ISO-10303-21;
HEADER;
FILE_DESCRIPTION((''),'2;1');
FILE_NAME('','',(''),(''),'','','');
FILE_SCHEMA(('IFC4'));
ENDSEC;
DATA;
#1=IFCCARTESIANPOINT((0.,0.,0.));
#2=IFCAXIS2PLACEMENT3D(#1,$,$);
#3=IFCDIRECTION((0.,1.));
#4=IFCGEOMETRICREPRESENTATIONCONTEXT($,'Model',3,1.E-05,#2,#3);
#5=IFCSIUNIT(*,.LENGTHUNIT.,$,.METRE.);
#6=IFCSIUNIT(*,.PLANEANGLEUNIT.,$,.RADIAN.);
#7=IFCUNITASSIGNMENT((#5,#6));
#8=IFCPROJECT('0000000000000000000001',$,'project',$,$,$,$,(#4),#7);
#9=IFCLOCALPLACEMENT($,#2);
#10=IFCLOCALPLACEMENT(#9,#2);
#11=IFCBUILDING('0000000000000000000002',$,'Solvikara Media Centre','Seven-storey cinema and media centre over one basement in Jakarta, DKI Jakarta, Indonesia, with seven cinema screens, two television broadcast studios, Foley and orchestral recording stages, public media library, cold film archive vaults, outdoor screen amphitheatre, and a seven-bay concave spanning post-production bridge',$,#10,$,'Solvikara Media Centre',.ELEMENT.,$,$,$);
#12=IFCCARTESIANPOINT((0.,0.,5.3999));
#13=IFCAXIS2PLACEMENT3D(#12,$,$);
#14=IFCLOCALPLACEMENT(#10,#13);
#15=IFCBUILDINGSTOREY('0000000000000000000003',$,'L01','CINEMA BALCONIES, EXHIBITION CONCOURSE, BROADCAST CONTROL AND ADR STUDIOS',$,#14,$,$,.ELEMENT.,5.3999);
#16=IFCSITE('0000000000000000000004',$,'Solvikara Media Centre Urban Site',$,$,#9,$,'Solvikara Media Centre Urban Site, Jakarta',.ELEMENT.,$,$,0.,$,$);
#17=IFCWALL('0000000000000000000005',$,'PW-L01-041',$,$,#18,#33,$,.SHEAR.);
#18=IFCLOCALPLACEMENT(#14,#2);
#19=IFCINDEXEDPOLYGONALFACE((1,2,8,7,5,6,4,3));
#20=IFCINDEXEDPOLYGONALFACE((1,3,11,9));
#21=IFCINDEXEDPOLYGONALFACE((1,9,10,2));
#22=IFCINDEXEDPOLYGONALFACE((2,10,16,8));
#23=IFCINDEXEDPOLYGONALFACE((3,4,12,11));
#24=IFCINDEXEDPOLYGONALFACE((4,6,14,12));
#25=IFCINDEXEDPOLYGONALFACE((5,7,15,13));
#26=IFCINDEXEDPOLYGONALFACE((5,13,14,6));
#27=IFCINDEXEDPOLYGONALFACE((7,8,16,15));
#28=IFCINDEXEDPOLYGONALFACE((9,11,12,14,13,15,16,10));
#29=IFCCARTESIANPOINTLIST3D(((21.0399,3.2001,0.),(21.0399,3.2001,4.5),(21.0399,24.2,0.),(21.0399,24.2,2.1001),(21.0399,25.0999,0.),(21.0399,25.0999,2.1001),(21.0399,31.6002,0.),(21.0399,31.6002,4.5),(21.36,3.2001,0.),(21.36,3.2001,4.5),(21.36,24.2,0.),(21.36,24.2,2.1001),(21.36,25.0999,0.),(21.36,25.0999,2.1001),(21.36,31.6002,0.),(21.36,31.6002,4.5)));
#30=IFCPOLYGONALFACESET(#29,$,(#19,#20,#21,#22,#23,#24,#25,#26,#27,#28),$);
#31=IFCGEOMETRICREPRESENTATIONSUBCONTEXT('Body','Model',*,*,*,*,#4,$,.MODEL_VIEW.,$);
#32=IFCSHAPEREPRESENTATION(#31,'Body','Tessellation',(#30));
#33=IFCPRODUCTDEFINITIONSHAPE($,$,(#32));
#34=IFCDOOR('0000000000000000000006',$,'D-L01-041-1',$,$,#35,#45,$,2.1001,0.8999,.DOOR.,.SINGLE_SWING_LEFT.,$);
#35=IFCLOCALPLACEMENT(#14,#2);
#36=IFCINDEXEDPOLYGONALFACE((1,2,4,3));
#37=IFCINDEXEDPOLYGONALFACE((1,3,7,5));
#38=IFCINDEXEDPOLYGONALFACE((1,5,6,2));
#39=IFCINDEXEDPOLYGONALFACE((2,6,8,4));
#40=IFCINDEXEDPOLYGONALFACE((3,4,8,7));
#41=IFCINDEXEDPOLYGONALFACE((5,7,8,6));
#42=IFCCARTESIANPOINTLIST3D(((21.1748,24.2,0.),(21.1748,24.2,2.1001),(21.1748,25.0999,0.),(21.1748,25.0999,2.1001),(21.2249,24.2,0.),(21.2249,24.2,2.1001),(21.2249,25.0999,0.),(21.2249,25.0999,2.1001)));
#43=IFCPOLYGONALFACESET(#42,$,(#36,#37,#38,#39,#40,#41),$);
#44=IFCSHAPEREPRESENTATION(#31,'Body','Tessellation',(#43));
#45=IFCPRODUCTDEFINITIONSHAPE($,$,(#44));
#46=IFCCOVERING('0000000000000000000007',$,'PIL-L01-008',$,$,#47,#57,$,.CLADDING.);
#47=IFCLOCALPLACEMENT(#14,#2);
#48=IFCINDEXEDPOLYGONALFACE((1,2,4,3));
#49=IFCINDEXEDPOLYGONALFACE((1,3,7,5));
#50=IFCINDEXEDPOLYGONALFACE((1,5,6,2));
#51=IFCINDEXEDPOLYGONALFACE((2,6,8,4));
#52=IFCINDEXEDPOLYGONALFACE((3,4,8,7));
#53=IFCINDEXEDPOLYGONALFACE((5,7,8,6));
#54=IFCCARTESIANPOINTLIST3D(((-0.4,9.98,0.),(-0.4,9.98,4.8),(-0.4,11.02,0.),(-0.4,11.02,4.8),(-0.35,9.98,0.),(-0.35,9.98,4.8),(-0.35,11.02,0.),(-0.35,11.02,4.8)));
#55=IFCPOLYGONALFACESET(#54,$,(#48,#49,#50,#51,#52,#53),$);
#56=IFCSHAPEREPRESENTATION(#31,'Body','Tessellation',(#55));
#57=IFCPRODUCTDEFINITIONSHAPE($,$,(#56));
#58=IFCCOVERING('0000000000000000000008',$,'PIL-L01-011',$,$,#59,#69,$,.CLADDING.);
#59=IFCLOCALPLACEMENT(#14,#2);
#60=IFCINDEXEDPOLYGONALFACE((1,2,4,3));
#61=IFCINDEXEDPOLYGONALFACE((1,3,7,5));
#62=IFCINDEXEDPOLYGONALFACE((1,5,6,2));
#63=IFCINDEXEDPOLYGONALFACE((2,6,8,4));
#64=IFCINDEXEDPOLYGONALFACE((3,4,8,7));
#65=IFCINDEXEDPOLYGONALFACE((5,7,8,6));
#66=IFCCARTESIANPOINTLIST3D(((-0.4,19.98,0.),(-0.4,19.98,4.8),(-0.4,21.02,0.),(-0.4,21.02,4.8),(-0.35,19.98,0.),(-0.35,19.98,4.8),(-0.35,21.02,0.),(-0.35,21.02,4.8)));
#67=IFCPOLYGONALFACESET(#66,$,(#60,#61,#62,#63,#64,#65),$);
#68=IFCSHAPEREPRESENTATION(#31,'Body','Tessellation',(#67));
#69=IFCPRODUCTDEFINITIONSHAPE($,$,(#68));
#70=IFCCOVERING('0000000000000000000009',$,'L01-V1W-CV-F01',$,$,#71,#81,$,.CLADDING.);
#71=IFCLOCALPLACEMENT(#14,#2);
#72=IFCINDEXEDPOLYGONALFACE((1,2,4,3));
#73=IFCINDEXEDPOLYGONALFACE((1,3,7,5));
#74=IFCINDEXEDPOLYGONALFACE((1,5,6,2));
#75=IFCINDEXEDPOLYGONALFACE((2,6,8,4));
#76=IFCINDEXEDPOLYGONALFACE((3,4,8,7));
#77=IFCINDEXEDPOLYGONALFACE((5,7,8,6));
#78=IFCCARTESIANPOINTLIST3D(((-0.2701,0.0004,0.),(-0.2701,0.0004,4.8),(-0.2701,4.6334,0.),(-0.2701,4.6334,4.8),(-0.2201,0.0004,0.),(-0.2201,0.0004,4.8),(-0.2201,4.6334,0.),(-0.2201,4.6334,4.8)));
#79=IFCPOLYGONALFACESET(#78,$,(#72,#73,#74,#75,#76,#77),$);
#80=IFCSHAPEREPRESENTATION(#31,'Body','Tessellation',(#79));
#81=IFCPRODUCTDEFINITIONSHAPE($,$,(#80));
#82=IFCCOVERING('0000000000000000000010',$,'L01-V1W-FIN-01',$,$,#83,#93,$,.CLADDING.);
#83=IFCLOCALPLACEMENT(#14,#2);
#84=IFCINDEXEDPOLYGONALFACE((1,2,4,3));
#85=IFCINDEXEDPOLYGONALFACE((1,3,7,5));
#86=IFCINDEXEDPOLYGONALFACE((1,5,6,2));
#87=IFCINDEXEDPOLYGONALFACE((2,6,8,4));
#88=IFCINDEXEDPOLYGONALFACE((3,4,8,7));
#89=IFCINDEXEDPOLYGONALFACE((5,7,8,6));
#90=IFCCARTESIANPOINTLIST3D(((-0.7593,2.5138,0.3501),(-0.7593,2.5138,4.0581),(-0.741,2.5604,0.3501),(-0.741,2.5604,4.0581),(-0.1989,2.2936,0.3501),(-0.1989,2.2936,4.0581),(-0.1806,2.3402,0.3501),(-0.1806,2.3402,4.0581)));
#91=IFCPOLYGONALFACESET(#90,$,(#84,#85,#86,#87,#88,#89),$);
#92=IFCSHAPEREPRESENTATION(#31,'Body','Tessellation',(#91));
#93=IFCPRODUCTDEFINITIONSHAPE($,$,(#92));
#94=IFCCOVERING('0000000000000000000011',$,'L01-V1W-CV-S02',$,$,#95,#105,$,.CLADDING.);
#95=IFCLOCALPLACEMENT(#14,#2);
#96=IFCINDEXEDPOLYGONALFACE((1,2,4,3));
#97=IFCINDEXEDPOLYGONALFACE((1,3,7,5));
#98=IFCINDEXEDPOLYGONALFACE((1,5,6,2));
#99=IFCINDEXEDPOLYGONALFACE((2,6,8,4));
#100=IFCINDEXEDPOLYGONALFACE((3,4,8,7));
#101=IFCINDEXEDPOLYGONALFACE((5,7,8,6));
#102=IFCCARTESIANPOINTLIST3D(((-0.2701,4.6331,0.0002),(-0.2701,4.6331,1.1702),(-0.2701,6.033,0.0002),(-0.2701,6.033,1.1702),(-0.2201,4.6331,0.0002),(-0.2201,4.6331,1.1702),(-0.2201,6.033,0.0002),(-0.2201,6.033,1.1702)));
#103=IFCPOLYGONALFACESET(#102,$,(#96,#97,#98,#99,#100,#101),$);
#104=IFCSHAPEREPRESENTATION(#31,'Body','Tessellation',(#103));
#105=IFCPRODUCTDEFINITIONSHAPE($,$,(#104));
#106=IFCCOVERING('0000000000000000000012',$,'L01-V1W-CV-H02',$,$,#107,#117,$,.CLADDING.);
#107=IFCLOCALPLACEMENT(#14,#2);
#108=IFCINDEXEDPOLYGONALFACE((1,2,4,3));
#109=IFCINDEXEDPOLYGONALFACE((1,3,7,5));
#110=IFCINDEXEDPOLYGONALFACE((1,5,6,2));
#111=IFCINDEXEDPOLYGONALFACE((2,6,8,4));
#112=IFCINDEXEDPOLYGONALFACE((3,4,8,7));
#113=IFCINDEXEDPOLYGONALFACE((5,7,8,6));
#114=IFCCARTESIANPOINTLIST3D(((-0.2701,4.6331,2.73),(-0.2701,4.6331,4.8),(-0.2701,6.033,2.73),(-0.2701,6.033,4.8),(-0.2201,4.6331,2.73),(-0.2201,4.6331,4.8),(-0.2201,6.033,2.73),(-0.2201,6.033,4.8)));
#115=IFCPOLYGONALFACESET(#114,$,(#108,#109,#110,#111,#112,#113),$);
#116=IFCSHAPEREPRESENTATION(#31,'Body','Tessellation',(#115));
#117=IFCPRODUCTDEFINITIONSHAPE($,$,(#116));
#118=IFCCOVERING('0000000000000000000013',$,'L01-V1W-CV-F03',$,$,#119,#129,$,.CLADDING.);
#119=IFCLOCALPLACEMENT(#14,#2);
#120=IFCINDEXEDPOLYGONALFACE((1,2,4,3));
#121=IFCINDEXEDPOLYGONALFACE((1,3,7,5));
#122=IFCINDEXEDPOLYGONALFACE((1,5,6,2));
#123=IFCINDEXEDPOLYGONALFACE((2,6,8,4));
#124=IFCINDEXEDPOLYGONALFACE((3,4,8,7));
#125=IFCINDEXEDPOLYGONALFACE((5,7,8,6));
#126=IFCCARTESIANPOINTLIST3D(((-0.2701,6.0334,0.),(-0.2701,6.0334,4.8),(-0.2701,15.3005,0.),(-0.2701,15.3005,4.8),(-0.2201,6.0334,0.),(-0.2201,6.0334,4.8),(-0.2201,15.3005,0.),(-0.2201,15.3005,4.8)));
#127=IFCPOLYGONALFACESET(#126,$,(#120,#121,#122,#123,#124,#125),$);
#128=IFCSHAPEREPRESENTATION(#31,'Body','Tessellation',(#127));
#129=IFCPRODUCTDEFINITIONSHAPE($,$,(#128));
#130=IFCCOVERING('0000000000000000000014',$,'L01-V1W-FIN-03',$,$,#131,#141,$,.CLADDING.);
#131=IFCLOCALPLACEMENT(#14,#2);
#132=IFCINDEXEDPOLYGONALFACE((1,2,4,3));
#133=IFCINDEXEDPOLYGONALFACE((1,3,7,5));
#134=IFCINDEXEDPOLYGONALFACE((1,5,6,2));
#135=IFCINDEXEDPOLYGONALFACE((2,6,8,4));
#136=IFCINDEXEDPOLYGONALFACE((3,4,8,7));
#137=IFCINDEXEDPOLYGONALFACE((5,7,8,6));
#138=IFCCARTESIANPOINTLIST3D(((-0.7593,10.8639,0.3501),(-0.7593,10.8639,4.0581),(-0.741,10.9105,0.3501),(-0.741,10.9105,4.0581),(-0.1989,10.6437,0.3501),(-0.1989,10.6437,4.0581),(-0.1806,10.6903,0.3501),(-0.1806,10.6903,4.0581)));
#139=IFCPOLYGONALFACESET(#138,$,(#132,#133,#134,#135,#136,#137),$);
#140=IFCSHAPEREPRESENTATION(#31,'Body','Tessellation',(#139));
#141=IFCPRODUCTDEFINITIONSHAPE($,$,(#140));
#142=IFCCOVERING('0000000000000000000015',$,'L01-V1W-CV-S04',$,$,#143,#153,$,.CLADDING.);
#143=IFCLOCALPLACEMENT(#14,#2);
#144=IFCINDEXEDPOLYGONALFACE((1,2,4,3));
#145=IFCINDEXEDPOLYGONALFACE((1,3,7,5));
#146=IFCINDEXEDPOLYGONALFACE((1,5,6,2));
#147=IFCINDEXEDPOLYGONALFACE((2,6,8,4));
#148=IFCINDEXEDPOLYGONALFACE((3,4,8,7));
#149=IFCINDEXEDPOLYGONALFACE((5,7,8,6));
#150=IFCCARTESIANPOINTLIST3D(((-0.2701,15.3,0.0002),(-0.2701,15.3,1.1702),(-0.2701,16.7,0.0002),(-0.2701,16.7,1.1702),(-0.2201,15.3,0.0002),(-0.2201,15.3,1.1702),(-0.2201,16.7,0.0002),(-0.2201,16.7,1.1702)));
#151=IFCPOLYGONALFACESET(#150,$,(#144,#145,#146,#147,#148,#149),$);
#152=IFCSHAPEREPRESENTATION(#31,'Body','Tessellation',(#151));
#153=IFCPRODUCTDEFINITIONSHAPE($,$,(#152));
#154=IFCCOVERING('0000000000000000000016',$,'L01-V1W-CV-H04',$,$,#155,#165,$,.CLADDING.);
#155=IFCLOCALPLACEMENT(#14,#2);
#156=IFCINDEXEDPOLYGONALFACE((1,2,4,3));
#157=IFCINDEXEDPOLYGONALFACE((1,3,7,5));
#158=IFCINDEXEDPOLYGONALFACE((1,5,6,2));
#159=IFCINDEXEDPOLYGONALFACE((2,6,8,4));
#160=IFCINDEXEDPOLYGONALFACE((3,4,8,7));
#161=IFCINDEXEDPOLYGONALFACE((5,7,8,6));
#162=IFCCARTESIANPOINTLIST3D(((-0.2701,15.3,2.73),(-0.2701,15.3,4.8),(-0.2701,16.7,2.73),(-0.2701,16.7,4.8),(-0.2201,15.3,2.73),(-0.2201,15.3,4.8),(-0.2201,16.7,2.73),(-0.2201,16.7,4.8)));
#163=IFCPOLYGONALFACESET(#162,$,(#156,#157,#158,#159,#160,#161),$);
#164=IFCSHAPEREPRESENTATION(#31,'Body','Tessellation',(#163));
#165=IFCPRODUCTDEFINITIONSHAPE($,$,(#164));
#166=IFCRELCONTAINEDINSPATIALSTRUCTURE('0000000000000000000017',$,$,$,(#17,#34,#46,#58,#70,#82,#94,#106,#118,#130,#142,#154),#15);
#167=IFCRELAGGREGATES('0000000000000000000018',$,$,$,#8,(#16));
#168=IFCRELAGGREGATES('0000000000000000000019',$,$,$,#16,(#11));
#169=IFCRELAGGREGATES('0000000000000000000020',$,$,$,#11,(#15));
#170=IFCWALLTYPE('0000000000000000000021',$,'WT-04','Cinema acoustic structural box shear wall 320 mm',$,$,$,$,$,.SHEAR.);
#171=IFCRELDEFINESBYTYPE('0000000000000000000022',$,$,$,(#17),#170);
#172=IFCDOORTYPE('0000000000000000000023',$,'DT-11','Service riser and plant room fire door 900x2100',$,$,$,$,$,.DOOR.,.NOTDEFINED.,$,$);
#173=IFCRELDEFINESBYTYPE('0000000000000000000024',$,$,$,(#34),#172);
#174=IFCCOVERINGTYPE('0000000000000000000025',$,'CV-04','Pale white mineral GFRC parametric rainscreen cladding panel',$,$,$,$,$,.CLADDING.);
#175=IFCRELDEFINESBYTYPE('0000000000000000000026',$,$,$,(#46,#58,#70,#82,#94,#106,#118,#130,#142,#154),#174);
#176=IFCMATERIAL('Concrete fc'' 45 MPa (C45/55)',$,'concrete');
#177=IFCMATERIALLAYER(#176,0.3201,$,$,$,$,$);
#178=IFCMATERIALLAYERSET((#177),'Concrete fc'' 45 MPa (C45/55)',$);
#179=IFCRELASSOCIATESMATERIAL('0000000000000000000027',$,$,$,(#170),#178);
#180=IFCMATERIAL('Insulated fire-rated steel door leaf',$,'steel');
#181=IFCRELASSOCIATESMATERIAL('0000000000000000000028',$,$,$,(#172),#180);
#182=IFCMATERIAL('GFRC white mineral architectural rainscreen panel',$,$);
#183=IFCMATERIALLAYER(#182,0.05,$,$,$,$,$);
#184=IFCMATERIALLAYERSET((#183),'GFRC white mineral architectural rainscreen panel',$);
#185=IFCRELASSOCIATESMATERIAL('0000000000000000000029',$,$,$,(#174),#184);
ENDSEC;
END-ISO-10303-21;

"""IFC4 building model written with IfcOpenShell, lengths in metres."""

from ifc_helpers import new_model, si_unit, direction, frame, frame_2d, origin, origin_2d, place, context, subcontext, project, spatial, rectangle, extrude, material, layer, layer_set, type_object, element, fill, save


model = new_model("IFC4")

# Units and contexts
model_context = context("Model", 3, precision=1e-05, world=origin(), true_north=direction((0.0, 1.0)))
body_context = subcontext(model_context, "Body", "Model", "MODEL_VIEW")
ifc_project = project(units=[si_unit("LENGTHUNIT", "METRE"), si_unit("PLANEANGLEUNIT", "RADIAN")], contexts=[model_context])

# Site, building, storey
site_placement = place(None, origin())
site = spatial("IfcSite", under=ifc_project, at=site_placement, Name="Solvikara Media Centre Urban Site", LongName="Solvikara Media Centre Urban Site, Jakarta", CompositionType="ELEMENT", RefElevation=0.0)
building_placement = place(site_placement, origin())
building = spatial("IfcBuilding", under=site, at=building_placement, Name="Solvikara Media Centre", Description="Seven-storey cinema and media centre over one basement in Jakarta, DKI Jakarta, Indonesia, with seven cinema screens, two television broadcast studios, Foley and orchestral recording stages, public media library, cold film archive vaults, outdoor screen amphitheatre, and a seven-bay concave spanning post-production bridge", LongName="Solvikara Media Centre", CompositionType="ELEMENT")
storey_placement = place(building_placement, frame((0.0, 0.0, 5.3999)))
storey = spatial("IfcBuildingStorey", under=building, at=storey_placement, Name="L01", Description="CINEMA BALCONIES, EXHIBITION CONCOURSE, BROADCAST CONTROL AND ADR STUDIOS", CompositionType="ELEMENT", Elevation=5.3999)

# Shared definitions
ifc_material_1 = material(Name="Concrete fc' 45 MPa (C45/55)", Category="concrete")

# Wall, opening, door
ifc_layer_1 = layer(ifc_material_1, 0.3201)
ifc_layer_set_1 = layer_set([ifc_layer_1], Name="Concrete fc' 45 MPa (C45/55)")
wall_type = type_object("IfcWallType", Name="WT-04", Description="Cinema acoustic structural box shear wall 320 mm", PredefinedType="SHEAR", material=ifc_layer_set_1)
wall_placement = place(storey_placement, frame((21.2, 3.2, 0.0), z_axis=(0.0, 0.0, 1.0), x_axis=(0.0, 1.0, 0.0)))
wall = element("IfcWall", 1, at=wall_placement, inside=storey, type_object=wall_type, Name="PW-L01-041", PredefinedType="SHEAR", context=body_context, shape_type="SweptSolid", body=[
    extrude(rectangle(XDim=28.4001, YDim=0.3201, at=frame_2d((14.2002, 0.0))), origin(), (0.0, 0.0, 1.0), 4.5),
])
opening_placement = place(wall_placement, frame((21.0, 0.0, 0.0)))
opening = element("IfcOpeningElement", 2, at=opening_placement, cuts=wall, PredefinedType="OPENING", context=body_context, shape_type="SweptSolid", body=[
    extrude(rectangle(XDim=0.8999, YDim=2.1001, at=frame_2d((0.45, 1.05))), frame((0.0, 0.1719, 0.0), z_axis=(0.0, -1.0, 0.0), x_axis=(1.0, 0.0, 0.0)), (0.0, 0.0, 1.0), 0.344),
])
ifc_material_2 = material(Name="Insulated fire-rated steel door leaf", Category="steel")
door_type = type_object("IfcDoorType", Name="DT-11", Description="Service riser and plant room fire door 900x2100", OperationType="NOTDEFINED", PredefinedType="DOOR", material=ifc_material_2)
door_placement = place(opening_placement, frame((0.8999, 0.0, 0.0), z_axis=(0.0, 0.0, 1.0), x_axis=(-1.0, 0.0, 0.0)))
door = element("IfcDoor", 3, at=door_placement, inside=storey, type_object=door_type, Name="D-L01-041-1", OperationType="SINGLE_SWING_LEFT", OverallHeight=2.1001, OverallWidth=0.8999, PredefinedType="DOOR", context=body_context, shape_type="SweptSolid", body=[
    extrude(rectangle(XDim=0.8999, YDim=2.1001, at=frame_2d((0.45, 1.05))), frame((0.0, 0.0249, 0.0), z_axis=(0.0, -1.0, 0.0), x_axis=(1.0, 0.0, 0.0)), (0.0, 0.0, 1.0), 0.05),
])
fill(opening, door)

# Coverings
ifc_material_3 = material(Name="GFRC white mineral architectural rainscreen panel")
ifc_layer_2 = layer(ifc_material_3, 0.05)
ifc_layer_set_2 = layer_set([ifc_layer_2], Name="GFRC white mineral architectural rainscreen panel")
covering_type = type_object("IfcCoveringType", Name="CV-04", Description="Pale white mineral GFRC parametric rainscreen cladding panel", PredefinedType="CLADDING", material=ifc_layer_set_2)
for number, where, z_axis, x_axis, name in (
    (4, (-0.375, 10.5, 0.0), (0.0, 0.0, 1.0), (0.0, -1.0, 0.0), "PIL-L01-008"),
    (5, (-0.375, 20.5, 0.0), (0.0, 0.0, 1.0), (0.0, -1.0, 0.0), "PIL-L01-011"),
):
    element("IfcCovering", number, at=place(storey_placement, frame(where, z_axis=z_axis, x_axis=x_axis)), inside=storey, type_object=covering_type, Name=name, PredefinedType="CLADDING", context=body_context, shape_type="SweptSolid", body=[
        extrude(rectangle(XDim=1.04, YDim=0.05, at=origin_2d()), origin(), (0.0, 0.0, 1.0), 4.8),
    ])
covering_1_placement = place(storey_placement, frame((-0.2451, 2.3169, 0.0), z_axis=(0.0, 0.0, 1.0), x_axis=(0.0, 1.0, 0.0)))
element("IfcCovering", 6, at=covering_1_placement, inside=storey, type_object=covering_type, Name="L01-V1W-CV-F01", PredefinedType="CLADDING", context=body_context, shape_type="SweptSolid", body=[
    extrude(rectangle(XDim=4.6331, YDim=0.05, at=origin_2d()), origin(), (0.0, 0.0, 1.0), 4.8),
])
covering_2_placement = place(storey_placement, frame((-0.47, 2.427, 0.3501), z_axis=(0.0, 0.0, 1.0), x_axis=(-0.93075, 0.365657, 0.0)))
element("IfcCovering", 7, at=covering_2_placement, inside=storey, type_object=covering_type, Name="L01-V1W-FIN-01", PredefinedType="CLADDING", context=body_context, shape_type="SweptSolid", body=[
    extrude(rectangle(XDim=0.6021, YDim=0.05, at=origin_2d()), origin(), (0.0, 0.0, 1.0), 3.708),
])
covering_3_placement = place(storey_placement, frame((-0.2451, 5.333, 0.0002), z_axis=(0.0, 0.0, 1.0), x_axis=(0.0, 1.0, 0.0)))
element("IfcCovering", 8, at=covering_3_placement, inside=storey, type_object=covering_type, Name="L01-V1W-CV-S02", PredefinedType="CLADDING", context=body_context, shape_type="SweptSolid", body=[
    extrude(rectangle(XDim=1.3999, YDim=0.05, at=origin_2d()), origin(), (0.0, 0.0, 1.0), 1.1699),
])
covering_4_placement = place(storey_placement, frame((-0.2451, 5.333, 2.73), z_axis=(0.0, 0.0, 1.0), x_axis=(0.0, 1.0, 0.0)))
element("IfcCovering", 9, at=covering_4_placement, inside=storey, type_object=covering_type, Name="L01-V1W-CV-H02", PredefinedType="CLADDING", context=body_context, shape_type="SweptSolid", body=[
    extrude(rectangle(XDim=1.3999, YDim=0.05, at=origin_2d()), origin(), (0.0, 0.0, 1.0), 2.0701),
])
covering_5_placement = place(storey_placement, frame((-0.2451, 10.667, 0.0), z_axis=(0.0, 0.0, 1.0), x_axis=(0.0, 1.0, 0.0)))
element("IfcCovering", 10, at=covering_5_placement, inside=storey, type_object=covering_type, Name="L01-V1W-CV-F03", PredefinedType="CLADDING", context=body_context, shape_type="SweptSolid", body=[
    extrude(rectangle(XDim=9.2671, YDim=0.05, at=origin_2d()), origin(), (0.0, 0.0, 1.0), 4.8),
])
covering_6_placement = place(storey_placement, frame((-0.47, 10.7771, 0.3501), z_axis=(0.0, 0.0, 1.0), x_axis=(-0.93075, 0.365657, 0.0)))
element("IfcCovering", 11, at=covering_6_placement, inside=storey, type_object=covering_type, Name="L01-V1W-FIN-03", PredefinedType="CLADDING", context=body_context, shape_type="SweptSolid", body=[
    extrude(rectangle(XDim=0.6021, YDim=0.05, at=origin_2d()), origin(), (0.0, 0.0, 1.0), 3.708),
])
covering_7_placement = place(storey_placement, frame((-0.2451, 16.0, 0.0002), z_axis=(0.0, 0.0, 1.0), x_axis=(0.0, 1.0, 0.0)))
element("IfcCovering", 12, at=covering_7_placement, inside=storey, type_object=covering_type, Name="L01-V1W-CV-S04", PredefinedType="CLADDING", context=body_context, shape_type="SweptSolid", body=[
    extrude(rectangle(XDim=1.3999, YDim=0.05, at=origin_2d()), origin(), (0.0, 0.0, 1.0), 1.1699),
])
covering_8_placement = place(storey_placement, frame((-0.2451, 16.0, 2.73), z_axis=(0.0, 0.0, 1.0), x_axis=(0.0, 1.0, 0.0)))
element("IfcCovering", 13, at=covering_8_placement, inside=storey, type_object=covering_type, Name="L01-V1W-CV-H04", PredefinedType="CLADDING", context=body_context, shape_type="SweptSolid", body=[
    extrude(rectangle(XDim=1.3999, YDim=0.05, at=origin_2d()), origin(), (0.0, 0.0, 1.0), 2.0701),
])

save(model, "model.ifc")
